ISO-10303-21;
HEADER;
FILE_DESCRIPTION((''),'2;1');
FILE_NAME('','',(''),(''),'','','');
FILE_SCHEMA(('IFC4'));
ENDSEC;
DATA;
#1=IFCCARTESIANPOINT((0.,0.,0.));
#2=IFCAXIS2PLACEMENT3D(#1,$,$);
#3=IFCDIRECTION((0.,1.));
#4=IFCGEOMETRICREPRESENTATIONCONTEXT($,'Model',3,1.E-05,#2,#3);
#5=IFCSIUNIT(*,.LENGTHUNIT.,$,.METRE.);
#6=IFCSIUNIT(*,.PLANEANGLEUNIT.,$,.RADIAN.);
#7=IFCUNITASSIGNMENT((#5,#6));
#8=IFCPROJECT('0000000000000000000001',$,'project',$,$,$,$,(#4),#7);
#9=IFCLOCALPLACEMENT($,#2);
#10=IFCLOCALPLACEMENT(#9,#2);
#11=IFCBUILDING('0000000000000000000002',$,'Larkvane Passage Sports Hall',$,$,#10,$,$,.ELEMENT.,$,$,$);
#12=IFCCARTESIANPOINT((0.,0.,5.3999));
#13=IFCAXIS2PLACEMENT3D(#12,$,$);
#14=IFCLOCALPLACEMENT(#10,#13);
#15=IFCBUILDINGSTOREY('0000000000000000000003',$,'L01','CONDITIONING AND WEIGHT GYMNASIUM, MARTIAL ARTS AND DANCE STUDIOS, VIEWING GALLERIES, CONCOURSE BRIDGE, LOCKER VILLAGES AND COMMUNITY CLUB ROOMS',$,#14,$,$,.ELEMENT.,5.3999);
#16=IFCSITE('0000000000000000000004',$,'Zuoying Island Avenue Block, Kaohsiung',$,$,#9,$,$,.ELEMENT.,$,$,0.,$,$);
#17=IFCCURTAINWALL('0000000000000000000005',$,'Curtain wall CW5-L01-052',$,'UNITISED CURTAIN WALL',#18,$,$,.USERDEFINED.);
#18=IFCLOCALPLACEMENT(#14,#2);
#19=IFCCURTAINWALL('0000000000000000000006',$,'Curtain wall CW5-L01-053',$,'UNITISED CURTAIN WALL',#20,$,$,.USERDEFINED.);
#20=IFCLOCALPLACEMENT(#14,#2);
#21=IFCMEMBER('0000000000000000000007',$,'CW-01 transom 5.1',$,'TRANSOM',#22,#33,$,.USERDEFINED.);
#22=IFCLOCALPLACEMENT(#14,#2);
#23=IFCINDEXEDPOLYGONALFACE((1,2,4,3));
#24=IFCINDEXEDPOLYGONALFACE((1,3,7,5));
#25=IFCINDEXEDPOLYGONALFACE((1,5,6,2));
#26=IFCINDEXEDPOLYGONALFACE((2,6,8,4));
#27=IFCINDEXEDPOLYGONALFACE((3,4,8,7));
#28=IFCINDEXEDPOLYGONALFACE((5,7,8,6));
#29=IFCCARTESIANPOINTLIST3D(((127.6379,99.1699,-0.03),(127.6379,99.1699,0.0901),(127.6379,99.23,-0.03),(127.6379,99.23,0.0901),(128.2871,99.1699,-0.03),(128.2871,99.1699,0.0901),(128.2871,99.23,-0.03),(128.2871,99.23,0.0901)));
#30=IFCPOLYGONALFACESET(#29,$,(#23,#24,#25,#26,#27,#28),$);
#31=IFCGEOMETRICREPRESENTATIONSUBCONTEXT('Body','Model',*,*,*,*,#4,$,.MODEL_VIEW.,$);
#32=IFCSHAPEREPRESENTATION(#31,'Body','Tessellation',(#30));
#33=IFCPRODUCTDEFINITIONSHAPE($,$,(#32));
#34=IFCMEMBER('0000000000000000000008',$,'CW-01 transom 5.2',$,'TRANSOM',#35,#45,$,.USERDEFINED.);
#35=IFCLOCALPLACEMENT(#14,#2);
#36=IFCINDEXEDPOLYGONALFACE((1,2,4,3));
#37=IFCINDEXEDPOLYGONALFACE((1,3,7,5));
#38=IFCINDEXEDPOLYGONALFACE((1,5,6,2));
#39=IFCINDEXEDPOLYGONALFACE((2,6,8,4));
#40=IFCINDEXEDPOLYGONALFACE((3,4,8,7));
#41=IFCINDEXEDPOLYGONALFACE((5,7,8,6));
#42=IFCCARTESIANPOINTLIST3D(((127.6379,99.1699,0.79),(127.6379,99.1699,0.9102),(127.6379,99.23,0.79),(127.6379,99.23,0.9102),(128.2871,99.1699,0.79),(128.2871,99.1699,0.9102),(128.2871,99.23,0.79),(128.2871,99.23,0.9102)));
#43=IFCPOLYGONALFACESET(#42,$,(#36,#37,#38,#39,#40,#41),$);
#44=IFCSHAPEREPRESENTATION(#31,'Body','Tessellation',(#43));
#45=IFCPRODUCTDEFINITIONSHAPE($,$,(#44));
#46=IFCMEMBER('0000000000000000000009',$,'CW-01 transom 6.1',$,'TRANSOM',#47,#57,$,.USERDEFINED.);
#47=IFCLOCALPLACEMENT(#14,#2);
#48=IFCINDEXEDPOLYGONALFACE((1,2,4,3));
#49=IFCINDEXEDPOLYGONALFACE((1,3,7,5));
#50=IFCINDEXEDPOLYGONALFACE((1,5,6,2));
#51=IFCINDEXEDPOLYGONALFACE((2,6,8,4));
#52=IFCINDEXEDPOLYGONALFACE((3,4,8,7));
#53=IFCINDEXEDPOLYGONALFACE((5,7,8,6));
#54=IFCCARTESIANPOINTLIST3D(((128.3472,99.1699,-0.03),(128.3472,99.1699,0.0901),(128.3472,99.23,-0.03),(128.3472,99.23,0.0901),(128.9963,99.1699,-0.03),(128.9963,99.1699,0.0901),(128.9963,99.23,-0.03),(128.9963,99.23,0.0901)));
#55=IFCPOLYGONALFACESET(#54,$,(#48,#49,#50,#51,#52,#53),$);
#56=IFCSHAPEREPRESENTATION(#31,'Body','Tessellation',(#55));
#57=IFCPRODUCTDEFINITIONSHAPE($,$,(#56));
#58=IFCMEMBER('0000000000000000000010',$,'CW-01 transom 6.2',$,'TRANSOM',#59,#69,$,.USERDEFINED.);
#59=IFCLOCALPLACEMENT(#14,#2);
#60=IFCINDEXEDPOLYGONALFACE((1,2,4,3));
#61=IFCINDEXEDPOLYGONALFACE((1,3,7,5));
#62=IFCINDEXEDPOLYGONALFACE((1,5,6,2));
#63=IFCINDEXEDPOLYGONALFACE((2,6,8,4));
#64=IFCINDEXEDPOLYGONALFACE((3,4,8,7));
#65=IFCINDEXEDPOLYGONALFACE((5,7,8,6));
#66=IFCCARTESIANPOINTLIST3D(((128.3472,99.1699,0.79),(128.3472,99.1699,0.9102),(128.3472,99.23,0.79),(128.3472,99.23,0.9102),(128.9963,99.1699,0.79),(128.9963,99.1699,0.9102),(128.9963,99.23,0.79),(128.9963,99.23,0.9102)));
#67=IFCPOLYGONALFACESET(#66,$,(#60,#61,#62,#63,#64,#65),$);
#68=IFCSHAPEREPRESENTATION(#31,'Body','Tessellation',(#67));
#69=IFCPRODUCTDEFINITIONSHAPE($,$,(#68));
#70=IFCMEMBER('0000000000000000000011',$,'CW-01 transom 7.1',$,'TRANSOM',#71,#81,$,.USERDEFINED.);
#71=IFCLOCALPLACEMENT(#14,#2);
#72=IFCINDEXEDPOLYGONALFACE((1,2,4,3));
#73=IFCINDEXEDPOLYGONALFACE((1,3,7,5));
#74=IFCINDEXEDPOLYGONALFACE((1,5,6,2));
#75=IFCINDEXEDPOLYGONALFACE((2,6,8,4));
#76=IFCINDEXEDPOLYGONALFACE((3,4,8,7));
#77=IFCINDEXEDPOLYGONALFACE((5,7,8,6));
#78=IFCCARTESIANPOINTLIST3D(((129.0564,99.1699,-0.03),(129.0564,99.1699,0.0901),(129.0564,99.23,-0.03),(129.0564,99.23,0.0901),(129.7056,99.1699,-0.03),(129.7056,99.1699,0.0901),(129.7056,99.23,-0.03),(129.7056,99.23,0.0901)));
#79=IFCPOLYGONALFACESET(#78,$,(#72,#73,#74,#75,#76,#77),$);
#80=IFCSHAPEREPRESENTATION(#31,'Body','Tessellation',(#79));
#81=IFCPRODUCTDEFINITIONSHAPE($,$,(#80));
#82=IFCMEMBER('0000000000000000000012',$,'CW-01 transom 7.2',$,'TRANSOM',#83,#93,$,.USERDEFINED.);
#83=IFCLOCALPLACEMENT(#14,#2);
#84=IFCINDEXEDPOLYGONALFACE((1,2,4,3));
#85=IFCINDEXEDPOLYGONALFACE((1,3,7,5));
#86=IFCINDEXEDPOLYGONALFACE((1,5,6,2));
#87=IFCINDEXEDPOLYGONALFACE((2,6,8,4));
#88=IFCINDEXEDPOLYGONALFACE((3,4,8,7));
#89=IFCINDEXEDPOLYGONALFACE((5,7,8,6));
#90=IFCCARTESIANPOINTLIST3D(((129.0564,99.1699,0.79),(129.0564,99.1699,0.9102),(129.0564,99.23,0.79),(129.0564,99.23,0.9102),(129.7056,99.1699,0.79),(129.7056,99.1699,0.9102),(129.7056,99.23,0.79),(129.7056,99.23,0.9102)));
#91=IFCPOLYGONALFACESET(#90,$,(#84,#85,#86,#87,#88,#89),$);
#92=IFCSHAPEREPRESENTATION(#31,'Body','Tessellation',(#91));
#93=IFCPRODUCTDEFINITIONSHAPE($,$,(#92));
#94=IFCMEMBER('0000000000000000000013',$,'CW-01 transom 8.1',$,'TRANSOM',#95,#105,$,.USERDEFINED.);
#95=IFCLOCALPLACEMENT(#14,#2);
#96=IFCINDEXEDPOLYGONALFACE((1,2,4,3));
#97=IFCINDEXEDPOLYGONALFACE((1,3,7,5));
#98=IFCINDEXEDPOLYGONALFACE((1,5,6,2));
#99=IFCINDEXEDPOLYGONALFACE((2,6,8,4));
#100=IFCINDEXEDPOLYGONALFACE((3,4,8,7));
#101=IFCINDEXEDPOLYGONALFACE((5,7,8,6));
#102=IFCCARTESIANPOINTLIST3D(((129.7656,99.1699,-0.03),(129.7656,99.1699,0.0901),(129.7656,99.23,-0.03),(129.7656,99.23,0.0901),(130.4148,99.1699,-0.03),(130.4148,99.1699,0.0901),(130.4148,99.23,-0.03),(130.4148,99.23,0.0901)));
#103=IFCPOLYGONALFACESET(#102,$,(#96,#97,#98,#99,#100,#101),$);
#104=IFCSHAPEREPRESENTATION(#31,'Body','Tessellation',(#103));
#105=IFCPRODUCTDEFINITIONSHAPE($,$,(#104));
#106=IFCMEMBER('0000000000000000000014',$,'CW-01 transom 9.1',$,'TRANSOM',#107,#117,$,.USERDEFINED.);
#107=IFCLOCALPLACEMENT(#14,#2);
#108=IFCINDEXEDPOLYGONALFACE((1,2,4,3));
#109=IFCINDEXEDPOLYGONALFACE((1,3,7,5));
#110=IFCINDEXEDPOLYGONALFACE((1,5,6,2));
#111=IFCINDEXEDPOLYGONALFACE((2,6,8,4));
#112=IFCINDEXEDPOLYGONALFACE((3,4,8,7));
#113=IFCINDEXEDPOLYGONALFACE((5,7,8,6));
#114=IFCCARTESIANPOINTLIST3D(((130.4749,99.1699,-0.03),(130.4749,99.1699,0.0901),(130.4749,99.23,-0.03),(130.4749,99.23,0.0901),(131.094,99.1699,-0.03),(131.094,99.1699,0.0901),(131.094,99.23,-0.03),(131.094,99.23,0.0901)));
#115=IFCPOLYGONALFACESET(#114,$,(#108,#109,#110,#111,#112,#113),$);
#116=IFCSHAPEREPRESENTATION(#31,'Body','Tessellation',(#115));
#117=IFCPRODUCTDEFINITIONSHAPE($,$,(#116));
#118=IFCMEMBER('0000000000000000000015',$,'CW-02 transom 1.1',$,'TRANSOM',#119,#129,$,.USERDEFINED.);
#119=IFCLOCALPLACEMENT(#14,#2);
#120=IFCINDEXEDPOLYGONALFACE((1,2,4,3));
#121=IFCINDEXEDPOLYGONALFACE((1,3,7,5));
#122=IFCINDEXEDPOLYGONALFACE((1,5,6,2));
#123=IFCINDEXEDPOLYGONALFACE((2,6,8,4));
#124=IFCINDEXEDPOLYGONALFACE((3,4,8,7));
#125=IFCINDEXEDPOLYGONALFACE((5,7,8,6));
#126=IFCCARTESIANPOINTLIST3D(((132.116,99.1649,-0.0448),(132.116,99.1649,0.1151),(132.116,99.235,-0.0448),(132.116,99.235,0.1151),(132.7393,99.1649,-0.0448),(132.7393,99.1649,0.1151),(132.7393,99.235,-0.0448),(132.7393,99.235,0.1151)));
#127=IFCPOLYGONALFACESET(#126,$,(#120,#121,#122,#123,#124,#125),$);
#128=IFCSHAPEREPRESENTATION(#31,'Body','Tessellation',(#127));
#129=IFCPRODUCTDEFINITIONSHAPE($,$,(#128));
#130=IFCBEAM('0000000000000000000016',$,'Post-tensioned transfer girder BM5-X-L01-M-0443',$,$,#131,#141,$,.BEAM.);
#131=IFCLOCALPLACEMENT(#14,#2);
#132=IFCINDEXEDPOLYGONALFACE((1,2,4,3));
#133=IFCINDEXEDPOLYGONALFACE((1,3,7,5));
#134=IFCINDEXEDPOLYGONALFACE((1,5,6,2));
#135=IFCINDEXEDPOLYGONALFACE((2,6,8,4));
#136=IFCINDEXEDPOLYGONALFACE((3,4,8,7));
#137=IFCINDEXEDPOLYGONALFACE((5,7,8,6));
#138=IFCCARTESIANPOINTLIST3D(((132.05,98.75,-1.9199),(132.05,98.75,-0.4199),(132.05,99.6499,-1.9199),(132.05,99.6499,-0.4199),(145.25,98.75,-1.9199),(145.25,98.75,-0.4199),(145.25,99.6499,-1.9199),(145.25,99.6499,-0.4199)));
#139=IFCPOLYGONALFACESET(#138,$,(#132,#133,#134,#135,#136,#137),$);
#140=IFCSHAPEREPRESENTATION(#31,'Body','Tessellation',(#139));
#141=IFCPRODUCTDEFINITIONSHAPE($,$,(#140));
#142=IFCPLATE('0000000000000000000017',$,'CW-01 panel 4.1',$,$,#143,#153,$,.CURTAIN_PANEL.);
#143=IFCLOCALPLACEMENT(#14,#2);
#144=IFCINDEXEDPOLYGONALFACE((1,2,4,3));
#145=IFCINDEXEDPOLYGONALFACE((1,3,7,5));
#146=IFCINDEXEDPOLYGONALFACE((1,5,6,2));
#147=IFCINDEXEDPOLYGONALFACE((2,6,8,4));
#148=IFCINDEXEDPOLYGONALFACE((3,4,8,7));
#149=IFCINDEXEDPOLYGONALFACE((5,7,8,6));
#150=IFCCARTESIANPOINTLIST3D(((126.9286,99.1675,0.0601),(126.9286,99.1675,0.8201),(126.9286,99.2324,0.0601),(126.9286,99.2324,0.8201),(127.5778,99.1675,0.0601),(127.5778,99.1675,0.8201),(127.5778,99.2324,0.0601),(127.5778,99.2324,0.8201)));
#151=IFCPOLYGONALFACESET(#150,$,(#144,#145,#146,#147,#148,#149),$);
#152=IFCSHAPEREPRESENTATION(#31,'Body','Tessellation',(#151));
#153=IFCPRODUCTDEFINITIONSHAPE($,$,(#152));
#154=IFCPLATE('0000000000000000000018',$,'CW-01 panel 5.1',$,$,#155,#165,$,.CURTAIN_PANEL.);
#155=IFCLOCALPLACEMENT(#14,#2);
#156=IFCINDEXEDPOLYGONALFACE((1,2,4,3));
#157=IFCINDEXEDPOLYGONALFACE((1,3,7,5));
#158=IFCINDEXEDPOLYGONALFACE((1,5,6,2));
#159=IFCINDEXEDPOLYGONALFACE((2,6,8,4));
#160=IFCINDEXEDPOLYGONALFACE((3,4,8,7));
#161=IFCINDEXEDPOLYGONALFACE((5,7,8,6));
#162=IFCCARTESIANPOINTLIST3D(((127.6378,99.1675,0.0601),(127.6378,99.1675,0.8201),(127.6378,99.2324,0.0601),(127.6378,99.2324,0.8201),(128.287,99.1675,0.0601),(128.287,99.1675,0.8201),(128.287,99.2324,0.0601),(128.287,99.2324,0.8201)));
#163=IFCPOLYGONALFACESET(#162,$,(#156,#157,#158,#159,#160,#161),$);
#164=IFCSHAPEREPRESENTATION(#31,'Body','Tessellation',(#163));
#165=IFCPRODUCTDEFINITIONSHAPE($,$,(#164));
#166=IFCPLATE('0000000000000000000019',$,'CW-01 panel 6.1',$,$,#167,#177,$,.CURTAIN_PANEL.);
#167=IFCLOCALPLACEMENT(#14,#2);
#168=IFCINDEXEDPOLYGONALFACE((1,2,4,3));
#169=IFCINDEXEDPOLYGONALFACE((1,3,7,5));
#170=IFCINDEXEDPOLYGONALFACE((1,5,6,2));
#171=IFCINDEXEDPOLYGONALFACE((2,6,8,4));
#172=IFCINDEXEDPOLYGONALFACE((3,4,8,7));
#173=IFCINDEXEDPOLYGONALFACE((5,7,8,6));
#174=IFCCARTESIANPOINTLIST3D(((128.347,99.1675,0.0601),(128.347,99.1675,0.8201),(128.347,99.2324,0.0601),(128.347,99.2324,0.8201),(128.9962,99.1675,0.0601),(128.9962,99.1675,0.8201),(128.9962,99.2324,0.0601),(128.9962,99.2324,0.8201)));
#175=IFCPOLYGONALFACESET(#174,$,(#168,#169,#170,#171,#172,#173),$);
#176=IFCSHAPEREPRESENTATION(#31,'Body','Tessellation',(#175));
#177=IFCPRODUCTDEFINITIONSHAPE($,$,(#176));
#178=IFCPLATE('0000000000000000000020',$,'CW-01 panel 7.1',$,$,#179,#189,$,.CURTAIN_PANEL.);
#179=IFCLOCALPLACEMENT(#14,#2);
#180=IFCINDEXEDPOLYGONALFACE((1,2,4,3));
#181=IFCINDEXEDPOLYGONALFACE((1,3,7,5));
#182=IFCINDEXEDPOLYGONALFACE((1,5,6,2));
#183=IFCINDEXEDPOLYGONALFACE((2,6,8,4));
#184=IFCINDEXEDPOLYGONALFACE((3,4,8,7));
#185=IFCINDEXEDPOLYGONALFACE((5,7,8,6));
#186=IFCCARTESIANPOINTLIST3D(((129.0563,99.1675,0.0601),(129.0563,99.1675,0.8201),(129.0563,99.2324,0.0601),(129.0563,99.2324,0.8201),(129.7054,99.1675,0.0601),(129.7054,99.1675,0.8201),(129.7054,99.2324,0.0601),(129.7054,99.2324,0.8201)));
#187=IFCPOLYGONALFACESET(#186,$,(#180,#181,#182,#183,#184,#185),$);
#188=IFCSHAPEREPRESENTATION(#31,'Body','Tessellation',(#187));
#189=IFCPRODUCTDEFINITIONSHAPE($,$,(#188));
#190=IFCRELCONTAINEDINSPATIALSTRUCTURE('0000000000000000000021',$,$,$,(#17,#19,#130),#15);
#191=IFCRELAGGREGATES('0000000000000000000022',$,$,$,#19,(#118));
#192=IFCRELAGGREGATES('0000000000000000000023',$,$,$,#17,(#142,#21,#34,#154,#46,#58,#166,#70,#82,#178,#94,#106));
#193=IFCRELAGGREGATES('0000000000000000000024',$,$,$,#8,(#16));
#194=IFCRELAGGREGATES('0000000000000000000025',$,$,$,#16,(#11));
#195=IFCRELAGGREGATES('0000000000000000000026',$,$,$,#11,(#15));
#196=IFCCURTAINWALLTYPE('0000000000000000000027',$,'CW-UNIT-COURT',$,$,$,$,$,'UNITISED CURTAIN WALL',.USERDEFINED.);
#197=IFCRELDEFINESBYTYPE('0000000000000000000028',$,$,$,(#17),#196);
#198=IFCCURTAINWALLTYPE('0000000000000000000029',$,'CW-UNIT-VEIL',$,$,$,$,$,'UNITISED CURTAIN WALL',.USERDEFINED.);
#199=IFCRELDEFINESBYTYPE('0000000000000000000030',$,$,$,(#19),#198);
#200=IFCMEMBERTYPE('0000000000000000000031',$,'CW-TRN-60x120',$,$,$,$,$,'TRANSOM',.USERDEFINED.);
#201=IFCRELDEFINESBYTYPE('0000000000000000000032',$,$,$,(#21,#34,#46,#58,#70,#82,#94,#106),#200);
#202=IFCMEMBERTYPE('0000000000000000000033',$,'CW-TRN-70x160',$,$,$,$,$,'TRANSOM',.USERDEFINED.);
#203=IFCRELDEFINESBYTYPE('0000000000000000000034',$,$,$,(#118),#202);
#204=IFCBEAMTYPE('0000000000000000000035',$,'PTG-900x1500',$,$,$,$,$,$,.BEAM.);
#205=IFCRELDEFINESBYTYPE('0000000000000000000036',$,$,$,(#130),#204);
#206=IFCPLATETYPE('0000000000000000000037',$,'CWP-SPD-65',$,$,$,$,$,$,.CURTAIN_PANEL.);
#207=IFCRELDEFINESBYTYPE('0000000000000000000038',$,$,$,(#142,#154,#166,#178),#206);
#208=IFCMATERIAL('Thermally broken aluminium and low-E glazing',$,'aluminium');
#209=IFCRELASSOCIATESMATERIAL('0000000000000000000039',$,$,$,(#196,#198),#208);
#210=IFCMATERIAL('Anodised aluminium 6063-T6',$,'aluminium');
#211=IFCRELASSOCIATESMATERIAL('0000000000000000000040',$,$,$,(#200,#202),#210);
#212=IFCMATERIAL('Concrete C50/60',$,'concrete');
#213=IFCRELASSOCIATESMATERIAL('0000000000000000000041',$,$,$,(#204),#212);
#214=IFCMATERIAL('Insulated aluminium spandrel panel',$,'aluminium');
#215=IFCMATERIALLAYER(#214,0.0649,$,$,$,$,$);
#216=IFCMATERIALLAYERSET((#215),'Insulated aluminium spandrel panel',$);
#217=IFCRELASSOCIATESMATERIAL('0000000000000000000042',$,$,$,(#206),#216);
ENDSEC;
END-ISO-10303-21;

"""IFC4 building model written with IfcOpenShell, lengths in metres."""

from ifc_helpers import new_model, si_unit, direction, frame, origin, origin_2d, place, context, subcontext, project, spatial, rectangle, extrude, material, layer, layer_set, material_profile, profile_set, type_object, element, aggregate, save


model = new_model("IFC4")

# Units and contexts
model_context = context("Model", 3, precision=1e-05, world=origin(), true_north=direction((0.0, 1.0)))
body_context = subcontext(model_context, "Body", "Model", "MODEL_VIEW")
ifc_project = project(units=[si_unit("LENGTHUNIT", "METRE"), si_unit("PLANEANGLEUNIT", "RADIAN")], contexts=[model_context])

# Site, building, storey
site_placement = place(None, origin())
site = spatial("IfcSite", under=ifc_project, at=site_placement, Name="Zuoying Island Avenue Block, Kaohsiung", CompositionType="ELEMENT", RefElevation=0.0)
building_placement = place(site_placement, origin())
building = spatial("IfcBuilding", under=site, at=building_placement, Name="Larkvane Passage Sports Hall", CompositionType="ELEMENT")
storey_placement = place(building_placement, frame((0.0, 0.0, 5.3999)))
storey = spatial("IfcBuildingStorey", under=building, at=storey_placement, Name="L01", Description="CONDITIONING AND WEIGHT GYMNASIUM, MARTIAL ARTS AND DANCE STUDIOS, VIEWING GALLERIES, CONCOURSE BRIDGE, LOCKER VILLAGES AND COMMUNITY CLUB ROOMS", CompositionType="ELEMENT", Elevation=5.3999)

# Curtain wall
ifc_material_1 = material(Name="Thermally broken aluminium and low-E glazing", Category="aluminium")
curtain_wall_type_1 = type_object("IfcCurtainWallType", Name="CW-UNIT-COURT", ElementType="UNITISED CURTAIN WALL", PredefinedType="USERDEFINED", material=ifc_material_1)
curtain_wall_1_placement = place(storey_placement, origin())
curtain_wall_1 = element("IfcCurtainWall", 1, at=curtain_wall_1_placement, inside=storey, type_object=curtain_wall_type_1, Name="Curtain wall CW5-L01-052", ObjectType="UNITISED CURTAIN WALL", PredefinedType="USERDEFINED")
ifc_material_2 = material(Name="Anodised aluminium 6063-T6", Category="aluminium")

# Curtain wall
curtain_wall_type_2 = type_object("IfcCurtainWallType", Name="CW-UNIT-VEIL", ElementType="UNITISED CURTAIN WALL", PredefinedType="USERDEFINED", material=ifc_material_1)
curtain_wall_2_placement = place(storey_placement, origin())
curtain_wall_2 = element("IfcCurtainWall", 2, at=curtain_wall_2_placement, inside=storey, type_object=curtain_wall_type_2, Name="Curtain wall CW5-L01-053", ObjectType="UNITISED CURTAIN WALL", PredefinedType="USERDEFINED")

# Members
ifc_material_profile_1 = material_profile(ifc_material_2, rectangle(XDim=0.0601, YDim=0.1201, at=origin_2d()), Name="ALU-TRN-60x120")
ifc_profile_set_1 = profile_set([ifc_material_profile_1], Name="Anodised aluminium 6063-T6")
member_type_1 = type_object("IfcMemberType", Name="CW-TRN-60x120", ElementType="TRANSOM", PredefinedType="USERDEFINED", material=ifc_profile_set_1)
member_1_placement = place(storey_placement, frame((127.6379, 99.2, 0.03), z_axis=(1.0, 0.0, 0.0), x_axis=(0.0, 1.0, 0.0)))
member_1 = element("IfcMember", 3, at=member_1_placement, type_object=member_type_1, Name="CW-01 transom 5.1", ObjectType="TRANSOM", PredefinedType="USERDEFINED", context=body_context, shape_type="SweptSolid", body=[
    extrude(rectangle(XDim=0.0601, YDim=0.1201, at=origin_2d()), origin(), (0.0, 0.0, 1.0), 0.6492),
])
member_2_placement = place(storey_placement, frame((127.6379, 99.2, 0.8501), z_axis=(1.0, 0.0, 0.0), x_axis=(0.0, 1.0, 0.0)))
member_2 = element("IfcMember", 4, at=member_2_placement, type_object=member_type_1, Name="CW-01 transom 5.2", ObjectType="TRANSOM", PredefinedType="USERDEFINED", context=body_context, shape_type="SweptSolid", body=[
    extrude(rectangle(XDim=0.0601, YDim=0.1201, at=origin_2d()), origin(), (0.0, 0.0, 1.0), 0.6492),
])
member_3_placement = place(storey_placement, frame((128.3472, 99.2, 0.03), z_axis=(1.0, 0.0, 0.0), x_axis=(0.0, 1.0, 0.0)))
member_3 = element("IfcMember", 5, at=member_3_placement, type_object=member_type_1, Name="CW-01 transom 6.1", ObjectType="TRANSOM", PredefinedType="USERDEFINED", context=body_context, shape_type="SweptSolid", body=[
    extrude(rectangle(XDim=0.0601, YDim=0.1201, at=origin_2d()), origin(), (0.0, 0.0, 1.0), 0.6492),
])
member_4_placement = place(storey_placement, frame((128.3472, 99.2, 0.8501), z_axis=(1.0, 0.0, 0.0), x_axis=(0.0, 1.0, 0.0)))
member_4 = element("IfcMember", 6, at=member_4_placement, type_object=member_type_1, Name="CW-01 transom 6.2", ObjectType="TRANSOM", PredefinedType="USERDEFINED", context=body_context, shape_type="SweptSolid", body=[
    extrude(rectangle(XDim=0.0601, YDim=0.1201, at=origin_2d()), origin(), (0.0, 0.0, 1.0), 0.6492),
])
member_5_placement = place(storey_placement, frame((129.0564, 99.2, 0.03), z_axis=(1.0, 0.0, 0.0), x_axis=(0.0, 1.0, 0.0)))
member_5 = element("IfcMember", 7, at=member_5_placement, type_object=member_type_1, Name="CW-01 transom 7.1", ObjectType="TRANSOM", PredefinedType="USERDEFINED", context=body_context, shape_type="SweptSolid", body=[
    extrude(rectangle(XDim=0.0601, YDim=0.1201, at=origin_2d()), origin(), (0.0, 0.0, 1.0), 0.6492),
])
member_6_placement = place(storey_placement, frame((129.0564, 99.2, 0.8501), z_axis=(1.0, 0.0, 0.0), x_axis=(0.0, 1.0, 0.0)))
member_6 = element("IfcMember", 8, at=member_6_placement, type_object=member_type_1, Name="CW-01 transom 7.2", ObjectType="TRANSOM", PredefinedType="USERDEFINED", context=body_context, shape_type="SweptSolid", body=[
    extrude(rectangle(XDim=0.0601, YDim=0.1201, at=origin_2d()), origin(), (0.0, 0.0, 1.0), 0.6492),
])
member_7_placement = place(storey_placement, frame((129.7656, 99.2, 0.03), z_axis=(1.0, 0.0, 0.0), x_axis=(0.0, 1.0, 0.0)))
member_7 = element("IfcMember", 9, at=member_7_placement, type_object=member_type_1, Name="CW-01 transom 8.1", ObjectType="TRANSOM", PredefinedType="USERDEFINED", context=body_context, shape_type="SweptSolid", body=[
    extrude(rectangle(XDim=0.0601, YDim=0.1201, at=origin_2d()), origin(), (0.0, 0.0, 1.0), 0.6492),
])
member_8_placement = place(storey_placement, frame((130.4749, 99.2, 0.03), z_axis=(1.0, 0.0, 0.0), x_axis=(0.0, 1.0, 0.0)))
member_8 = element("IfcMember", 10, at=member_8_placement, type_object=member_type_1, Name="CW-01 transom 9.1", ObjectType="TRANSOM", PredefinedType="USERDEFINED", context=body_context, shape_type="SweptSolid", body=[
    extrude(rectangle(XDim=0.0601, YDim=0.1201, at=origin_2d()), origin(), (0.0, 0.0, 1.0), 0.6191),
])
ifc_material_profile_2 = material_profile(ifc_material_2, rectangle(XDim=0.0701, YDim=0.1599, at=origin_2d()), Name="ALU-TRN-70x160")
ifc_profile_set_2 = profile_set([ifc_material_profile_2], Name="Anodised aluminium 6063-T6")
member_type_2 = type_object("IfcMemberType", Name="CW-TRN-70x160", ElementType="TRANSOM", PredefinedType="USERDEFINED", material=ifc_profile_set_2)
member_9_placement = place(storey_placement, frame((132.116, 99.2, 0.0352), z_axis=(1.0, 0.0, 0.0), x_axis=(0.0, 1.0, 0.0)))
member_9 = element("IfcMember", 11, at=member_9_placement, type_object=member_type_2, Name="CW-02 transom 1.1", ObjectType="TRANSOM", PredefinedType="USERDEFINED", context=body_context, shape_type="SweptSolid", body=[
    extrude(rectangle(XDim=0.0701, YDim=0.1599, at=origin_2d()), origin(), (0.0, 0.0, 1.0), 0.6233),
])
aggregate(curtain_wall_2, [member_9])

# Beam
ifc_material_3 = material(Name="Concrete C50/60", Category="concrete")
ifc_material_profile_3 = material_profile(ifc_material_3, rectangle(XDim=0.8999, YDim=1.5, at=origin_2d()), Name="PT-GIR-900x1500")
ifc_profile_set_3 = profile_set([ifc_material_profile_3], Name="Concrete C50/60")
beam_type = type_object("IfcBeamType", Name="PTG-900x1500", PredefinedType="BEAM", material=ifc_profile_set_3)
beam_placement = place(storey_placement, frame((132.05, 99.2, -1.1699), z_axis=(1.0, 0.0, 0.0), x_axis=(0.0, 1.0, 0.0)))
element("IfcBeam", 12, at=beam_placement, inside=storey, type_object=beam_type, Name="Post-tensioned transfer girder BM5-X-L01-M-0443", PredefinedType="BEAM", context=body_context, shape_type="SweptSolid", body=[
    extrude(rectangle(XDim=0.8999, YDim=1.5, at=origin_2d()), origin(), (0.0, 0.0, 1.0), 13.2),
])

# Plates
ifc_material_4 = material(Name="Insulated aluminium spandrel panel", Category="aluminium")
ifc_layer_1 = layer(ifc_material_4, 0.0649)
ifc_layer_set_1 = layer_set([ifc_layer_1], Name="Insulated aluminium spandrel panel")
plate_type = type_object("IfcPlateType", Name="CWP-SPD-65", PredefinedType="CURTAIN_PANEL", material=ifc_layer_set_1)
plate_1_placement = place(storey_placement, frame((127.2532, 99.2, 0.0601), z_axis=(0.0, 0.0, 1.0), x_axis=(1.0, 0.0, 0.0)))
plate_1 = element("IfcPlate", 13, at=plate_1_placement, type_object=plate_type, Name="CW-01 panel 4.1", PredefinedType="CURTAIN_PANEL", context=body_context, shape_type="SweptSolid", body=[
    extrude(rectangle(XDim=0.6492, YDim=0.0649, at=origin_2d()), origin(), (0.0, 0.0, 1.0), 0.76),
])
plate_2_placement = place(storey_placement, frame((127.9624, 99.2, 0.0601), z_axis=(0.0, 0.0, 1.0), x_axis=(1.0, 0.0, 0.0)))
plate_2 = element("IfcPlate", 14, at=plate_2_placement, type_object=plate_type, Name="CW-01 panel 5.1", PredefinedType="CURTAIN_PANEL", context=body_context, shape_type="SweptSolid", body=[
    extrude(rectangle(XDim=0.6492, YDim=0.0649, at=origin_2d()), origin(), (0.0, 0.0, 1.0), 0.76),
])
plate_3_placement = place(storey_placement, frame((128.6716, 99.2, 0.0601), z_axis=(0.0, 0.0, 1.0), x_axis=(1.0, 0.0, 0.0)))
plate_3 = element("IfcPlate", 15, at=plate_3_placement, type_object=plate_type, Name="CW-01 panel 6.1", PredefinedType="CURTAIN_PANEL", context=body_context, shape_type="SweptSolid", body=[
    extrude(rectangle(XDim=0.6492, YDim=0.0649, at=origin_2d()), origin(), (0.0, 0.0, 1.0), 0.76),
])
plate_4_placement = place(storey_placement, frame((129.3809, 99.2, 0.0601), z_axis=(0.0, 0.0, 1.0), x_axis=(1.0, 0.0, 0.0)))
plate_4 = element("IfcPlate", 16, at=plate_4_placement, type_object=plate_type, Name="CW-01 panel 7.1", PredefinedType="CURTAIN_PANEL", context=body_context, shape_type="SweptSolid", body=[
    extrude(rectangle(XDim=0.6492, YDim=0.0649, at=origin_2d()), origin(), (0.0, 0.0, 1.0), 0.76),
])
aggregate(curtain_wall_1, [plate_1, member_1, member_2, plate_2, member_3, member_4, plate_3, member_5, member_6, plate_4, member_7, member_8])

save(model, "model.ifc")
